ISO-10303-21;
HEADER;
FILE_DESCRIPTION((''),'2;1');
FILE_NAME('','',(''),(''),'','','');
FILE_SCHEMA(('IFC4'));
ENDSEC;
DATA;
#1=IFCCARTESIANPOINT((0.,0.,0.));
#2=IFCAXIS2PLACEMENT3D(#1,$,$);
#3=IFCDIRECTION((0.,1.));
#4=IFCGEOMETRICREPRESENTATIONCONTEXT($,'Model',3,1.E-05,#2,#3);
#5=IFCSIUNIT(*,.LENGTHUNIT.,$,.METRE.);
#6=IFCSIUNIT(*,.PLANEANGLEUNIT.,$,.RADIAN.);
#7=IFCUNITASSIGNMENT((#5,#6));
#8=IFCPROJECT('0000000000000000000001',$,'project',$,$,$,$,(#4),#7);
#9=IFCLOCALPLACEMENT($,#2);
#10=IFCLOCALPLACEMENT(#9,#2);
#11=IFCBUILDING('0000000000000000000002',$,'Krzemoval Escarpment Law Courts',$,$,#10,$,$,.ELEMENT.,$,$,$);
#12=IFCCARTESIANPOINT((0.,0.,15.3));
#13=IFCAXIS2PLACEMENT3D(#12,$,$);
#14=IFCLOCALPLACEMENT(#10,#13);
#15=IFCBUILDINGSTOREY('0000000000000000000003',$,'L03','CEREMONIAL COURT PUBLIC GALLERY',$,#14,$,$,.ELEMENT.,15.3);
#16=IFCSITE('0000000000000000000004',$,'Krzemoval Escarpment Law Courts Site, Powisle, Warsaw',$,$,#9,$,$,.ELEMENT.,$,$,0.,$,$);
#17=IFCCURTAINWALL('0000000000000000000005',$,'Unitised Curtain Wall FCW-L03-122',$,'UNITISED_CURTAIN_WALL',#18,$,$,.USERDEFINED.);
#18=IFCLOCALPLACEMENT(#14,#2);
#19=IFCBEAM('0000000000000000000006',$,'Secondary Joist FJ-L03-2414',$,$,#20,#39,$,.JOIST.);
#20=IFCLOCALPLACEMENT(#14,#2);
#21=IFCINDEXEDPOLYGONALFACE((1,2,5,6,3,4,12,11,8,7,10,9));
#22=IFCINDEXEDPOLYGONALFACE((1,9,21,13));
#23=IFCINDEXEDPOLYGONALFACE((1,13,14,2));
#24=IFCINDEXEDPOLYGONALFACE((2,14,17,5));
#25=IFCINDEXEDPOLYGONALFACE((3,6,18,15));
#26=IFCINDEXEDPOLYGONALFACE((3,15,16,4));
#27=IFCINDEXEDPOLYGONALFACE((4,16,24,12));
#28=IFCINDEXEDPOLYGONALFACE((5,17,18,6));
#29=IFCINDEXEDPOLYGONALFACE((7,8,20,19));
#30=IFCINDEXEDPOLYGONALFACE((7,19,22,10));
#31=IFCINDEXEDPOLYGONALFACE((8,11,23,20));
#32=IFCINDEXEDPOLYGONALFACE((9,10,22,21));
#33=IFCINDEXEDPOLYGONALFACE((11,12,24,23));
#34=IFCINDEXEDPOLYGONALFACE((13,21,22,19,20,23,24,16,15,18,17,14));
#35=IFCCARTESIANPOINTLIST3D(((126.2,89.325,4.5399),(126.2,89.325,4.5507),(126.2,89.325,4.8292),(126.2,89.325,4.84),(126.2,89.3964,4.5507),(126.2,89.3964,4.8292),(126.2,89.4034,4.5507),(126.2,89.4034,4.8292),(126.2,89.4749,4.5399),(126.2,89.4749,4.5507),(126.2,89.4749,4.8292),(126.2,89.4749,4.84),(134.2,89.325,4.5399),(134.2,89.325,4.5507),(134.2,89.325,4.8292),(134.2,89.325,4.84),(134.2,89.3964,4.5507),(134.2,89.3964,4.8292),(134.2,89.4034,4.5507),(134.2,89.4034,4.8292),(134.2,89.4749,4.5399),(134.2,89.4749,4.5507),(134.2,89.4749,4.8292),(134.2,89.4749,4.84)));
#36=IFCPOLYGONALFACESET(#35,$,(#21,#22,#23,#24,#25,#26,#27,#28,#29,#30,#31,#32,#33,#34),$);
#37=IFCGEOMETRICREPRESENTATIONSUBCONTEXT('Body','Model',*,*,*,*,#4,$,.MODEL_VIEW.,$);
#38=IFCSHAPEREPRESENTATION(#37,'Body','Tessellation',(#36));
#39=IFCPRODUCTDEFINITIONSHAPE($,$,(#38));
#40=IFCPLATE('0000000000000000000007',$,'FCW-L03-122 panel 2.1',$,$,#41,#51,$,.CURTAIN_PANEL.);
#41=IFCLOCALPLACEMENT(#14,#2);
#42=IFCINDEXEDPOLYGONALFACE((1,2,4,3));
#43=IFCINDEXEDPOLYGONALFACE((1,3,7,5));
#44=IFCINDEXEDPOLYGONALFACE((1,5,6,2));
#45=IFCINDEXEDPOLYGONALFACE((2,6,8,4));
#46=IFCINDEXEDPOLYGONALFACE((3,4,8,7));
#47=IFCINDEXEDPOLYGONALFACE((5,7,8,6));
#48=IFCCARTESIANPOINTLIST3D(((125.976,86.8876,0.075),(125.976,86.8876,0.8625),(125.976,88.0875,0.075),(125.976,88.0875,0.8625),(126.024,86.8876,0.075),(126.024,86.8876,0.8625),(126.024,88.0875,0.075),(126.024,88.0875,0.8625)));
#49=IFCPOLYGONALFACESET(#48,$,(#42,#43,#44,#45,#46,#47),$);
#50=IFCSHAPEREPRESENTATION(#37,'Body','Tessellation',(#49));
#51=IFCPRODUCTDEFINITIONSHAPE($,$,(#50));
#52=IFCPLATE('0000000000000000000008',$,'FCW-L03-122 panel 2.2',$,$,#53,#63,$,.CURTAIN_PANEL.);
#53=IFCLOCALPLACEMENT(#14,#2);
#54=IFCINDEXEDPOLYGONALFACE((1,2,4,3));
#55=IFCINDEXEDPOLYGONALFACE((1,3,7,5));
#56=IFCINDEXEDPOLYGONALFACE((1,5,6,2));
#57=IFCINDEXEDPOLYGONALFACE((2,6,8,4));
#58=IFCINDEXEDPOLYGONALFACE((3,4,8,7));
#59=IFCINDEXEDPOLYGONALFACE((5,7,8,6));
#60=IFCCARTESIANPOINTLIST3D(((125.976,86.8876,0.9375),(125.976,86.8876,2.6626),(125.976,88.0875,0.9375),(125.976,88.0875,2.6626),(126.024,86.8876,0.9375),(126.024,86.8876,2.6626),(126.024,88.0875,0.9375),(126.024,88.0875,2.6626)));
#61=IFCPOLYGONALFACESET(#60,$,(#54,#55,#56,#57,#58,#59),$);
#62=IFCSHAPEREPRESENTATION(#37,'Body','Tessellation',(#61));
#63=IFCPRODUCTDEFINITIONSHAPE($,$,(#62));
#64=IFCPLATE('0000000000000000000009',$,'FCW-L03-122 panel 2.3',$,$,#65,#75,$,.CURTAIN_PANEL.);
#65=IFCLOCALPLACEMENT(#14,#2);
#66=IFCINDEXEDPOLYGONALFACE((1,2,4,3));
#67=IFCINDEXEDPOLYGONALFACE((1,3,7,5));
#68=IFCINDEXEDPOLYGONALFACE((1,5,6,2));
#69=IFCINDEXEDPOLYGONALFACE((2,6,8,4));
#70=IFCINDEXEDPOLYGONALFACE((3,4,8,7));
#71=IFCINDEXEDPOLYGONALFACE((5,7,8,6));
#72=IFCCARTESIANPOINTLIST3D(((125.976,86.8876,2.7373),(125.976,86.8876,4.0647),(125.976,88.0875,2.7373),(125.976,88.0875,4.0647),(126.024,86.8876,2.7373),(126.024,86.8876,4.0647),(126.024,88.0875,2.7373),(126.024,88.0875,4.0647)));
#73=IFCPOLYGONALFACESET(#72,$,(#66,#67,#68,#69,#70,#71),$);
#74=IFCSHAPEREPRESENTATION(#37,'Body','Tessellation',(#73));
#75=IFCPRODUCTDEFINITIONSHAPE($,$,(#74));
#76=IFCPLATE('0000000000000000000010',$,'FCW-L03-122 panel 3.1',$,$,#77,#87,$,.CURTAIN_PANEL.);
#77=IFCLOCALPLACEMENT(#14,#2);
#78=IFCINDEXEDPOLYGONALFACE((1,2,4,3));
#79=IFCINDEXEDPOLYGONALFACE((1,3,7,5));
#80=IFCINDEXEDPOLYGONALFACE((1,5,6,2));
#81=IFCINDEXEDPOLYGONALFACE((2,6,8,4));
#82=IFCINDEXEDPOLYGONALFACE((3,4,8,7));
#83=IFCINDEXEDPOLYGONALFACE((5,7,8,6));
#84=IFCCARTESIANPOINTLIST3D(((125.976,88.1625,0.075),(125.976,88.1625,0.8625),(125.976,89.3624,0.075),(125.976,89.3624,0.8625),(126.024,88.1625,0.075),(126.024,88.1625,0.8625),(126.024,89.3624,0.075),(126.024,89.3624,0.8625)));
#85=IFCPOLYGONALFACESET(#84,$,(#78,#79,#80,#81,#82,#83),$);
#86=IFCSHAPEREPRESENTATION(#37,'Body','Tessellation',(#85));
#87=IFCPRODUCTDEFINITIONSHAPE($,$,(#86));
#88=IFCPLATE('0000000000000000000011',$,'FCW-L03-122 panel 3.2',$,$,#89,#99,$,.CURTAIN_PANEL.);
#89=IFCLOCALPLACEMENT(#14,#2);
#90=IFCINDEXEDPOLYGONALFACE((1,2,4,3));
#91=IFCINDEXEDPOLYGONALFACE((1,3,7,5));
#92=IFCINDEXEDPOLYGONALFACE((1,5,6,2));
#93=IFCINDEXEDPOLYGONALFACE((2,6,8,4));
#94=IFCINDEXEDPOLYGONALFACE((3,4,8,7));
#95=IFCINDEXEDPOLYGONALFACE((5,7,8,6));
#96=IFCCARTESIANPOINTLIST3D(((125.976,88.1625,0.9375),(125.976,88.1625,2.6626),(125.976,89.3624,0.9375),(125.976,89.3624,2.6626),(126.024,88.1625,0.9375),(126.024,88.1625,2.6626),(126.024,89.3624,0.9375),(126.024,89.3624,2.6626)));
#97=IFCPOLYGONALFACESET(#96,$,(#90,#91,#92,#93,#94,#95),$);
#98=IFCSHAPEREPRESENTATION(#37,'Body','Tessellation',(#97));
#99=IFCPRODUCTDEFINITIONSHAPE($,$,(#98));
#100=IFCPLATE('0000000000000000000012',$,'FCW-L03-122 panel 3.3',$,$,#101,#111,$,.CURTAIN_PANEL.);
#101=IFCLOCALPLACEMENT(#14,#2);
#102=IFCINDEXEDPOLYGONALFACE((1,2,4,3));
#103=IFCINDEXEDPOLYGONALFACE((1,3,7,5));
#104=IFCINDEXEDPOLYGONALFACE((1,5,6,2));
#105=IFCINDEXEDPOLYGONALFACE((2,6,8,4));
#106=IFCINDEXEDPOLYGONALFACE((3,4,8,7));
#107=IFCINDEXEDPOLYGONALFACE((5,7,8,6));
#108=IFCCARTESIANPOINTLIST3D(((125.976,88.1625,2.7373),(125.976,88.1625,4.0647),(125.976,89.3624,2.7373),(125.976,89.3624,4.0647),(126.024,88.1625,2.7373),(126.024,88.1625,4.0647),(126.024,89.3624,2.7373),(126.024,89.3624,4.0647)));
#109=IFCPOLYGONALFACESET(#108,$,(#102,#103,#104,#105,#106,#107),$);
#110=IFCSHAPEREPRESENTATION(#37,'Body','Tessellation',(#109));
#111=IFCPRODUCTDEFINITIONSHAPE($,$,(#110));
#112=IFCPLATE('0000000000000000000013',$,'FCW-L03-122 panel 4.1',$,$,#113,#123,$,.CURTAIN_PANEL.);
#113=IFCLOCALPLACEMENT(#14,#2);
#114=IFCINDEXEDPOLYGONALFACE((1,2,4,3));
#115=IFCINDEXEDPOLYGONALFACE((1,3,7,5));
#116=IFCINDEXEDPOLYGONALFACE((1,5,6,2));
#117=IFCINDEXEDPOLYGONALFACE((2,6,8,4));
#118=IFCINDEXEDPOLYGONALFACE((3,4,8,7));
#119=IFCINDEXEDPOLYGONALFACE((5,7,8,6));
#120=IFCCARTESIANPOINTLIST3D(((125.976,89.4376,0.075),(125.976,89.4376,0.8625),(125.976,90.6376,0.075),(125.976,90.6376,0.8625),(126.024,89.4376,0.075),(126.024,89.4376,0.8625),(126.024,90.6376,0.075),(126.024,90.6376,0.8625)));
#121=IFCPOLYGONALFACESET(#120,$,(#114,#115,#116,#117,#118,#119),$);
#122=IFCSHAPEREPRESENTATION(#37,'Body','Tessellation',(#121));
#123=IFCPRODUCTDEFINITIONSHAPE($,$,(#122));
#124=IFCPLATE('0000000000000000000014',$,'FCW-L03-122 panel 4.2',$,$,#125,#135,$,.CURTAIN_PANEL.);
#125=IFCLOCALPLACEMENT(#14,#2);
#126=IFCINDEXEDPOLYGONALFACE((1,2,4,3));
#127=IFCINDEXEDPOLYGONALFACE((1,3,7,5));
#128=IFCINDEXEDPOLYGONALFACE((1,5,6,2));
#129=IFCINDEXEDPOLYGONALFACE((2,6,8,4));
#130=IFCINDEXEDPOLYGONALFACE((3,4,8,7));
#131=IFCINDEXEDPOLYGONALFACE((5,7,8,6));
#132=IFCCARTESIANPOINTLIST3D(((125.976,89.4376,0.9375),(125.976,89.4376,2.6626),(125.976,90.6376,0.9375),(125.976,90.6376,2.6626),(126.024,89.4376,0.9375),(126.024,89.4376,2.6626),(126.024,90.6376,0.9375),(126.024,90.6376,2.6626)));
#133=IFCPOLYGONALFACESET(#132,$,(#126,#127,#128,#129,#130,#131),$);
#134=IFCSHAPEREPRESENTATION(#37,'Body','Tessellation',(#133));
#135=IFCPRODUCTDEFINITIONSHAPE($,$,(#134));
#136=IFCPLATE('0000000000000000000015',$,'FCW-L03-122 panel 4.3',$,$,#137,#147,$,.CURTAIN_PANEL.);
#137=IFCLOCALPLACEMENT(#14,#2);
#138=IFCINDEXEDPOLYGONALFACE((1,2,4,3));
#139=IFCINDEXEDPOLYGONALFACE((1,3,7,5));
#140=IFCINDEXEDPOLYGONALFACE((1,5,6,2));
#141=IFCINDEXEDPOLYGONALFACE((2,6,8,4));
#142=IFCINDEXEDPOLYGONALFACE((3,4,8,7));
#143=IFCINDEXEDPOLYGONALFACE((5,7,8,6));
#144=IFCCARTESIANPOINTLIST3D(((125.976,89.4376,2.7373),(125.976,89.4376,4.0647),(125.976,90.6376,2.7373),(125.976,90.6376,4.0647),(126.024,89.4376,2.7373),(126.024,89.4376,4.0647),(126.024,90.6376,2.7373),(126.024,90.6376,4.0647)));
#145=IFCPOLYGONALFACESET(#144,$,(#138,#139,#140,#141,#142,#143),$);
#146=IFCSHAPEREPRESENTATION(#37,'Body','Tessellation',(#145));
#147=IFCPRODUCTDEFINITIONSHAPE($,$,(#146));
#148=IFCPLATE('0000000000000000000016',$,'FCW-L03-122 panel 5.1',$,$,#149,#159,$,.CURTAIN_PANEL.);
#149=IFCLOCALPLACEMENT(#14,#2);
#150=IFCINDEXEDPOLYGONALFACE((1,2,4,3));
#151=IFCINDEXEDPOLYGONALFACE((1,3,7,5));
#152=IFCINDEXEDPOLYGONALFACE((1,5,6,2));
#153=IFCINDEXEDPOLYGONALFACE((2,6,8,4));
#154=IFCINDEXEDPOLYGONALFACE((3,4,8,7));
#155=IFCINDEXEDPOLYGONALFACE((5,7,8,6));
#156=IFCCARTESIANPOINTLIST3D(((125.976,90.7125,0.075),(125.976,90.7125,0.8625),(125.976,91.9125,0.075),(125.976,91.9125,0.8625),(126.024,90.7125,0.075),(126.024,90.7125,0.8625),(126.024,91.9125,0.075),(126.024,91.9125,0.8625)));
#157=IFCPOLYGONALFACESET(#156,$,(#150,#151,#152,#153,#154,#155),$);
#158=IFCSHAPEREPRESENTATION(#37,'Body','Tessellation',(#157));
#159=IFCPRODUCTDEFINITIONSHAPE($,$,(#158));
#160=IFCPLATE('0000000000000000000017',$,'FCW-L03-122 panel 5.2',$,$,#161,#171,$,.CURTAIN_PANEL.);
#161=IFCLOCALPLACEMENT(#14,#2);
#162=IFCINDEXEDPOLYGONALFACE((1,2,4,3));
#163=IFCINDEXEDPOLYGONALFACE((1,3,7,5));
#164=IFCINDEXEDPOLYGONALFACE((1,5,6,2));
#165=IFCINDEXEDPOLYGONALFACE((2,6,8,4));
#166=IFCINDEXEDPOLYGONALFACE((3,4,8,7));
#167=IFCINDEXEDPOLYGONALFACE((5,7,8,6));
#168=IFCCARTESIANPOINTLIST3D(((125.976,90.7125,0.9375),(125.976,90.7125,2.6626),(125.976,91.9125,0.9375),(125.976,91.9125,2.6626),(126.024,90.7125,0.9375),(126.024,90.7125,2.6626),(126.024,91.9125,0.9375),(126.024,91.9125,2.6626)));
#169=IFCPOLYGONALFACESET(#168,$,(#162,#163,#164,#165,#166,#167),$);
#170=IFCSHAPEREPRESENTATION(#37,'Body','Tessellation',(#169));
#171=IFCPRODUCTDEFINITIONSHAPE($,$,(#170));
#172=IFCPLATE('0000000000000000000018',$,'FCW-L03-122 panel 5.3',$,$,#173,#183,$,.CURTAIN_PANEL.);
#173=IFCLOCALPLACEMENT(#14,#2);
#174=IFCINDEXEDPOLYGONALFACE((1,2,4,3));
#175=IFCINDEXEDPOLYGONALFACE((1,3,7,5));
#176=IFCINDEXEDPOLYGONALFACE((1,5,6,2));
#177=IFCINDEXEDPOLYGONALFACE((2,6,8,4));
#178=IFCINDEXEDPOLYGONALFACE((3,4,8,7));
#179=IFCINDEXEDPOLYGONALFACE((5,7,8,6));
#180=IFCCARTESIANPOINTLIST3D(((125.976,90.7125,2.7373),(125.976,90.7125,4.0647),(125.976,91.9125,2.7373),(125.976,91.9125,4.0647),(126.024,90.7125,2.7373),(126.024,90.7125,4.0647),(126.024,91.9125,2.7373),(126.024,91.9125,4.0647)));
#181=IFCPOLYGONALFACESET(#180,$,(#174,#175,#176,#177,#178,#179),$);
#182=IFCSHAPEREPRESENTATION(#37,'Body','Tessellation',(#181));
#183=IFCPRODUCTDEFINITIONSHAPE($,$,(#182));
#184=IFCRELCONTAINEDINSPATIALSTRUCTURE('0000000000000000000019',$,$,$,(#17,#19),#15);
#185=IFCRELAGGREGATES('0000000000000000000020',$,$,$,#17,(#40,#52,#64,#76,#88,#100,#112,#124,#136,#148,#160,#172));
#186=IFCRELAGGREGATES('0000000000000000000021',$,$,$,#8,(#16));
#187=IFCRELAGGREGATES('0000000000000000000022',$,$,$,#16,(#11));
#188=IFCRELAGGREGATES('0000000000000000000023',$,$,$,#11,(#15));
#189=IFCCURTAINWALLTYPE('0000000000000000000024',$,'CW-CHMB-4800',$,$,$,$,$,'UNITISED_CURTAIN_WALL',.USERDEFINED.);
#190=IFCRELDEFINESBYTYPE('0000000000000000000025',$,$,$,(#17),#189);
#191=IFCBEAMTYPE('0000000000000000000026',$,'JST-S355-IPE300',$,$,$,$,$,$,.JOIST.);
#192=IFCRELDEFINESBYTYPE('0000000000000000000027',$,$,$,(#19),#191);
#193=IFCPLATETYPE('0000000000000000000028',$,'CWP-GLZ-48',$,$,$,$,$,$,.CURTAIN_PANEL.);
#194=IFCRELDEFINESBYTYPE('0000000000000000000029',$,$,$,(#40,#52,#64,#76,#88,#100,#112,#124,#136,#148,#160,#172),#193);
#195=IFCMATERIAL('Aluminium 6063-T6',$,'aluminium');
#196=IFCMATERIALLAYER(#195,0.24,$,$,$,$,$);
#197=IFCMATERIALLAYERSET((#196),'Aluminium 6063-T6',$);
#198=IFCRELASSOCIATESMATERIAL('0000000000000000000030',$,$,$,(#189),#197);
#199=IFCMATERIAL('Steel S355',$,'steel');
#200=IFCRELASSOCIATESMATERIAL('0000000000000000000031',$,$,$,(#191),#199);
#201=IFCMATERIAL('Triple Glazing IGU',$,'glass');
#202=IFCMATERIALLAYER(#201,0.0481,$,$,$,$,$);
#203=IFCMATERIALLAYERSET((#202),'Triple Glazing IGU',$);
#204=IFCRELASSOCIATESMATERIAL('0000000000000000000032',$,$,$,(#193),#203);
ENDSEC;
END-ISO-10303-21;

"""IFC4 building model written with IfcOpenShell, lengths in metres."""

from ifc_helpers import new_model, si_unit, direction, frame, origin, origin_2d, place, context, subcontext, project, spatial, rectangle, i_section, extrude, material, layer, layer_set, material_profile, profile_set, type_object, element, aggregate, save


model = new_model("IFC4")

# Units and contexts
model_context = context("Model", 3, precision=1e-05, world=origin(), true_north=direction((0.0, 1.0)))
body_context = subcontext(model_context, "Body", "Model", "MODEL_VIEW")
ifc_project = project(units=[si_unit("LENGTHUNIT", "METRE"), si_unit("PLANEANGLEUNIT", "RADIAN")], contexts=[model_context])

# Site, building, storey
site_placement = place(None, origin())
site = spatial("IfcSite", under=ifc_project, at=site_placement, Name="Krzemoval Escarpment Law Courts Site, Powisle, Warsaw", CompositionType="ELEMENT", RefElevation=0.0)
building_placement = place(site_placement, origin())
building = spatial("IfcBuilding", under=site, at=building_placement, Name="Krzemoval Escarpment Law Courts", CompositionType="ELEMENT")
storey_placement = place(building_placement, frame((0.0, 0.0, 15.3)))
storey = spatial("IfcBuildingStorey", under=building, at=storey_placement, Name="L03", Description="CEREMONIAL COURT PUBLIC GALLERY", CompositionType="ELEMENT", Elevation=15.3)

# Curtain wall
ifc_material_1 = material(Name="Aluminium 6063-T6", Category="aluminium")
ifc_layer_1 = layer(ifc_material_1, 0.24)
ifc_layer_set_1 = layer_set([ifc_layer_1], Name="Aluminium 6063-T6")
curtain_wall_type = type_object("IfcCurtainWallType", Name="CW-CHMB-4800", ElementType="UNITISED_CURTAIN_WALL", PredefinedType="USERDEFINED", material=ifc_layer_set_1)
curtain_wall_placement = place(storey_placement, origin())
curtain_wall = element("IfcCurtainWall", 1, at=curtain_wall_placement, inside=storey, type_object=curtain_wall_type, Name="Unitised Curtain Wall FCW-L03-122", ObjectType="UNITISED_CURTAIN_WALL", PredefinedType="USERDEFINED")

# Beam
ifc_material_2 = material(Name="Steel S355", Category="steel")
ifc_material_profile_1 = material_profile(ifc_material_2, i_section(OverallWidth=0.1499, OverallDepth=0.3, WebThickness=0.0071, FlangeThickness=0.0107, at=origin_2d()), Name="IPE 300")
ifc_profile_set_1 = profile_set([ifc_material_profile_1], Name="Steel S355")
beam_type_1 = type_object("IfcBeamType", Name="JST-S355-IPE300", PredefinedType="JOIST", material=ifc_profile_set_1)
beam_placement = place(storey_placement, frame((126.2, 89.3999, 4.6899), z_axis=(1.0, 0.0, 0.0), x_axis=(0.0, 1.0, 0.0)))
element("IfcBeam", 2, at=beam_placement, inside=storey, type_object=beam_type_1, Name="Secondary Joist FJ-L03-2414", PredefinedType="JOIST", context=body_context, shape_type="SweptSolid", body=[
    extrude(i_section(OverallWidth=0.1499, OverallDepth=0.3, WebThickness=0.0071, FlangeThickness=0.0107, at=origin_2d()), origin(), (0.0, 0.0, 1.0), 8.0),
])

# Plates
ifc_material_3 = material(Name="Triple Glazing IGU", Category="glass")
ifc_layer_2 = layer(ifc_material_3, 0.0481)
ifc_layer_set_2 = layer_set([ifc_layer_2], Name="Triple Glazing IGU")
plate_type = type_object("IfcPlateType", Name="CWP-GLZ-48", PredefinedType="CURTAIN_PANEL", material=ifc_layer_set_2)
plate_1_placement = place(storey_placement, frame((126.0, 87.4875, 0.075), z_axis=(0.0, 0.0, 1.0), x_axis=(0.0, 1.0, 0.0)))
plate_1 = element("IfcPlate", 3, at=plate_1_placement, type_object=plate_type, Name="FCW-L03-122 panel 2.1", PredefinedType="CURTAIN_PANEL", context=body_context, shape_type="SweptSolid", body=[
    extrude(rectangle(XDim=1.2, YDim=0.0481, at=origin_2d()), origin(), (0.0, 0.0, 1.0), 0.7876),
])
plate_2_placement = place(storey_placement, frame((126.0, 87.4875, 0.9375), z_axis=(0.0, 0.0, 1.0), x_axis=(0.0, 1.0, 0.0)))
plate_2 = element("IfcPlate", 4, at=plate_2_placement, type_object=plate_type, Name="FCW-L03-122 panel 2.2", PredefinedType="CURTAIN_PANEL", context=body_context, shape_type="SweptSolid", body=[
    extrude(rectangle(XDim=1.2, YDim=0.0481, at=origin_2d()), origin(), (0.0, 0.0, 1.0), 1.7251),
])
plate_3_placement = place(storey_placement, frame((126.0, 87.4875, 2.7373), z_axis=(0.0, 0.0, 1.0), x_axis=(0.0, 1.0, 0.0)))
plate_3 = element("IfcPlate", 5, at=plate_3_placement, type_object=plate_type, Name="FCW-L03-122 panel 2.3", PredefinedType="CURTAIN_PANEL", context=body_context, shape_type="SweptSolid", body=[
    extrude(rectangle(XDim=1.2, YDim=0.0481, at=origin_2d()), origin(), (0.0, 0.0, 1.0), 1.3274),
])
plate_4_placement = place(storey_placement, frame((126.0, 88.7625, 0.075), z_axis=(0.0, 0.0, 1.0), x_axis=(0.0, 1.0, 0.0)))
plate_4 = element("IfcPlate", 6, at=plate_4_placement, type_object=plate_type, Name="FCW-L03-122 panel 3.1", PredefinedType="CURTAIN_PANEL", context=body_context, shape_type="SweptSolid", body=[
    extrude(rectangle(XDim=1.2, YDim=0.0481, at=origin_2d()), origin(), (0.0, 0.0, 1.0), 0.7876),
])
plate_5_placement = place(storey_placement, frame((126.0, 88.7625, 0.9375), z_axis=(0.0, 0.0, 1.0), x_axis=(0.0, 1.0, 0.0)))
plate_5 = element("IfcPlate", 7, at=plate_5_placement, type_object=plate_type, Name="FCW-L03-122 panel 3.2", PredefinedType="CURTAIN_PANEL", context=body_context, shape_type="SweptSolid", body=[
    extrude(rectangle(XDim=1.2, YDim=0.0481, at=origin_2d()), origin(), (0.0, 0.0, 1.0), 1.7251),
])
plate_6_placement = place(storey_placement, frame((126.0, 88.7625, 2.7373), z_axis=(0.0, 0.0, 1.0), x_axis=(0.0, 1.0, 0.0)))
plate_6 = element("IfcPlate", 8, at=plate_6_placement, type_object=plate_type, Name="FCW-L03-122 panel 3.3", PredefinedType="CURTAIN_PANEL", context=body_context, shape_type="SweptSolid", body=[
    extrude(rectangle(XDim=1.2, YDim=0.0481, at=origin_2d()), origin(), (0.0, 0.0, 1.0), 1.3274),
])
plate_7_placement = place(storey_placement, frame((126.0, 90.0376, 0.075), z_axis=(0.0, 0.0, 1.0), x_axis=(0.0, 1.0, 0.0)))
plate_7 = element("IfcPlate", 9, at=plate_7_placement, type_object=plate_type, Name="FCW-L03-122 panel 4.1", PredefinedType="CURTAIN_PANEL", context=body_context, shape_type="SweptSolid", body=[
    extrude(rectangle(XDim=1.2, YDim=0.0481, at=origin_2d()), origin(), (0.0, 0.0, 1.0), 0.7876),
])
plate_8_placement = place(storey_placement, frame((126.0, 90.0376, 0.9375), z_axis=(0.0, 0.0, 1.0), x_axis=(0.0, 1.0, 0.0)))
plate_8 = element("IfcPlate", 10, at=plate_8_placement, type_object=plate_type, Name="FCW-L03-122 panel 4.2", PredefinedType="CURTAIN_PANEL", context=body_context, shape_type="SweptSolid", body=[
    extrude(rectangle(XDim=1.2, YDim=0.0481, at=origin_2d()), origin(), (0.0, 0.0, 1.0), 1.7251),
])
plate_9_placement = place(storey_placement, frame((126.0, 90.0376, 2.7373), z_axis=(0.0, 0.0, 1.0), x_axis=(0.0, 1.0, 0.0)))
plate_9 = element("IfcPlate", 11, at=plate_9_placement, type_object=plate_type, Name="FCW-L03-122 panel 4.3", PredefinedType="CURTAIN_PANEL", context=body_context, shape_type="SweptSolid", body=[
    extrude(rectangle(XDim=1.2, YDim=0.0481, at=origin_2d()), origin(), (0.0, 0.0, 1.0), 1.3274),
])
plate_10_placement = place(storey_placement, frame((126.0, 91.3125, 0.075), z_axis=(0.0, 0.0, 1.0), x_axis=(0.0, 1.0, 0.0)))
plate_10 = element("IfcPlate", 12, at=plate_10_placement, type_object=plate_type, Name="FCW-L03-122 panel 5.1", PredefinedType="CURTAIN_PANEL", context=body_context, shape_type="SweptSolid", body=[
    extrude(rectangle(XDim=1.2, YDim=0.0481, at=origin_2d()), origin(), (0.0, 0.0, 1.0), 0.7876),
])
plate_11_placement = place(storey_placement, frame((126.0, 91.3125, 0.9375), z_axis=(0.0, 0.0, 1.0), x_axis=(0.0, 1.0, 0.0)))
plate_11 = element("IfcPlate", 13, at=plate_11_placement, type_object=plate_type, Name="FCW-L03-122 panel 5.2", PredefinedType="CURTAIN_PANEL", context=body_context, shape_type="SweptSolid", body=[
    extrude(rectangle(XDim=1.2, YDim=0.0481, at=origin_2d()), origin(), (0.0, 0.0, 1.0), 1.7251),
])
plate_12_placement = place(storey_placement, frame((126.0, 91.3125, 2.7373), z_axis=(0.0, 0.0, 1.0), x_axis=(0.0, 1.0, 0.0)))
plate_12 = element("IfcPlate", 14, at=plate_12_placement, type_object=plate_type, Name="FCW-L03-122 panel 5.3", PredefinedType="CURTAIN_PANEL", context=body_context, shape_type="SweptSolid", body=[
    extrude(rectangle(XDim=1.2, YDim=0.0481, at=origin_2d()), origin(), (0.0, 0.0, 1.0), 1.3274),
])
aggregate(curtain_wall, [plate_1, plate_2, plate_3, plate_4, plate_5, plate_6, plate_7, plate_8, plate_9, plate_10, plate_11, plate_12])

save(model, "model.ifc")
